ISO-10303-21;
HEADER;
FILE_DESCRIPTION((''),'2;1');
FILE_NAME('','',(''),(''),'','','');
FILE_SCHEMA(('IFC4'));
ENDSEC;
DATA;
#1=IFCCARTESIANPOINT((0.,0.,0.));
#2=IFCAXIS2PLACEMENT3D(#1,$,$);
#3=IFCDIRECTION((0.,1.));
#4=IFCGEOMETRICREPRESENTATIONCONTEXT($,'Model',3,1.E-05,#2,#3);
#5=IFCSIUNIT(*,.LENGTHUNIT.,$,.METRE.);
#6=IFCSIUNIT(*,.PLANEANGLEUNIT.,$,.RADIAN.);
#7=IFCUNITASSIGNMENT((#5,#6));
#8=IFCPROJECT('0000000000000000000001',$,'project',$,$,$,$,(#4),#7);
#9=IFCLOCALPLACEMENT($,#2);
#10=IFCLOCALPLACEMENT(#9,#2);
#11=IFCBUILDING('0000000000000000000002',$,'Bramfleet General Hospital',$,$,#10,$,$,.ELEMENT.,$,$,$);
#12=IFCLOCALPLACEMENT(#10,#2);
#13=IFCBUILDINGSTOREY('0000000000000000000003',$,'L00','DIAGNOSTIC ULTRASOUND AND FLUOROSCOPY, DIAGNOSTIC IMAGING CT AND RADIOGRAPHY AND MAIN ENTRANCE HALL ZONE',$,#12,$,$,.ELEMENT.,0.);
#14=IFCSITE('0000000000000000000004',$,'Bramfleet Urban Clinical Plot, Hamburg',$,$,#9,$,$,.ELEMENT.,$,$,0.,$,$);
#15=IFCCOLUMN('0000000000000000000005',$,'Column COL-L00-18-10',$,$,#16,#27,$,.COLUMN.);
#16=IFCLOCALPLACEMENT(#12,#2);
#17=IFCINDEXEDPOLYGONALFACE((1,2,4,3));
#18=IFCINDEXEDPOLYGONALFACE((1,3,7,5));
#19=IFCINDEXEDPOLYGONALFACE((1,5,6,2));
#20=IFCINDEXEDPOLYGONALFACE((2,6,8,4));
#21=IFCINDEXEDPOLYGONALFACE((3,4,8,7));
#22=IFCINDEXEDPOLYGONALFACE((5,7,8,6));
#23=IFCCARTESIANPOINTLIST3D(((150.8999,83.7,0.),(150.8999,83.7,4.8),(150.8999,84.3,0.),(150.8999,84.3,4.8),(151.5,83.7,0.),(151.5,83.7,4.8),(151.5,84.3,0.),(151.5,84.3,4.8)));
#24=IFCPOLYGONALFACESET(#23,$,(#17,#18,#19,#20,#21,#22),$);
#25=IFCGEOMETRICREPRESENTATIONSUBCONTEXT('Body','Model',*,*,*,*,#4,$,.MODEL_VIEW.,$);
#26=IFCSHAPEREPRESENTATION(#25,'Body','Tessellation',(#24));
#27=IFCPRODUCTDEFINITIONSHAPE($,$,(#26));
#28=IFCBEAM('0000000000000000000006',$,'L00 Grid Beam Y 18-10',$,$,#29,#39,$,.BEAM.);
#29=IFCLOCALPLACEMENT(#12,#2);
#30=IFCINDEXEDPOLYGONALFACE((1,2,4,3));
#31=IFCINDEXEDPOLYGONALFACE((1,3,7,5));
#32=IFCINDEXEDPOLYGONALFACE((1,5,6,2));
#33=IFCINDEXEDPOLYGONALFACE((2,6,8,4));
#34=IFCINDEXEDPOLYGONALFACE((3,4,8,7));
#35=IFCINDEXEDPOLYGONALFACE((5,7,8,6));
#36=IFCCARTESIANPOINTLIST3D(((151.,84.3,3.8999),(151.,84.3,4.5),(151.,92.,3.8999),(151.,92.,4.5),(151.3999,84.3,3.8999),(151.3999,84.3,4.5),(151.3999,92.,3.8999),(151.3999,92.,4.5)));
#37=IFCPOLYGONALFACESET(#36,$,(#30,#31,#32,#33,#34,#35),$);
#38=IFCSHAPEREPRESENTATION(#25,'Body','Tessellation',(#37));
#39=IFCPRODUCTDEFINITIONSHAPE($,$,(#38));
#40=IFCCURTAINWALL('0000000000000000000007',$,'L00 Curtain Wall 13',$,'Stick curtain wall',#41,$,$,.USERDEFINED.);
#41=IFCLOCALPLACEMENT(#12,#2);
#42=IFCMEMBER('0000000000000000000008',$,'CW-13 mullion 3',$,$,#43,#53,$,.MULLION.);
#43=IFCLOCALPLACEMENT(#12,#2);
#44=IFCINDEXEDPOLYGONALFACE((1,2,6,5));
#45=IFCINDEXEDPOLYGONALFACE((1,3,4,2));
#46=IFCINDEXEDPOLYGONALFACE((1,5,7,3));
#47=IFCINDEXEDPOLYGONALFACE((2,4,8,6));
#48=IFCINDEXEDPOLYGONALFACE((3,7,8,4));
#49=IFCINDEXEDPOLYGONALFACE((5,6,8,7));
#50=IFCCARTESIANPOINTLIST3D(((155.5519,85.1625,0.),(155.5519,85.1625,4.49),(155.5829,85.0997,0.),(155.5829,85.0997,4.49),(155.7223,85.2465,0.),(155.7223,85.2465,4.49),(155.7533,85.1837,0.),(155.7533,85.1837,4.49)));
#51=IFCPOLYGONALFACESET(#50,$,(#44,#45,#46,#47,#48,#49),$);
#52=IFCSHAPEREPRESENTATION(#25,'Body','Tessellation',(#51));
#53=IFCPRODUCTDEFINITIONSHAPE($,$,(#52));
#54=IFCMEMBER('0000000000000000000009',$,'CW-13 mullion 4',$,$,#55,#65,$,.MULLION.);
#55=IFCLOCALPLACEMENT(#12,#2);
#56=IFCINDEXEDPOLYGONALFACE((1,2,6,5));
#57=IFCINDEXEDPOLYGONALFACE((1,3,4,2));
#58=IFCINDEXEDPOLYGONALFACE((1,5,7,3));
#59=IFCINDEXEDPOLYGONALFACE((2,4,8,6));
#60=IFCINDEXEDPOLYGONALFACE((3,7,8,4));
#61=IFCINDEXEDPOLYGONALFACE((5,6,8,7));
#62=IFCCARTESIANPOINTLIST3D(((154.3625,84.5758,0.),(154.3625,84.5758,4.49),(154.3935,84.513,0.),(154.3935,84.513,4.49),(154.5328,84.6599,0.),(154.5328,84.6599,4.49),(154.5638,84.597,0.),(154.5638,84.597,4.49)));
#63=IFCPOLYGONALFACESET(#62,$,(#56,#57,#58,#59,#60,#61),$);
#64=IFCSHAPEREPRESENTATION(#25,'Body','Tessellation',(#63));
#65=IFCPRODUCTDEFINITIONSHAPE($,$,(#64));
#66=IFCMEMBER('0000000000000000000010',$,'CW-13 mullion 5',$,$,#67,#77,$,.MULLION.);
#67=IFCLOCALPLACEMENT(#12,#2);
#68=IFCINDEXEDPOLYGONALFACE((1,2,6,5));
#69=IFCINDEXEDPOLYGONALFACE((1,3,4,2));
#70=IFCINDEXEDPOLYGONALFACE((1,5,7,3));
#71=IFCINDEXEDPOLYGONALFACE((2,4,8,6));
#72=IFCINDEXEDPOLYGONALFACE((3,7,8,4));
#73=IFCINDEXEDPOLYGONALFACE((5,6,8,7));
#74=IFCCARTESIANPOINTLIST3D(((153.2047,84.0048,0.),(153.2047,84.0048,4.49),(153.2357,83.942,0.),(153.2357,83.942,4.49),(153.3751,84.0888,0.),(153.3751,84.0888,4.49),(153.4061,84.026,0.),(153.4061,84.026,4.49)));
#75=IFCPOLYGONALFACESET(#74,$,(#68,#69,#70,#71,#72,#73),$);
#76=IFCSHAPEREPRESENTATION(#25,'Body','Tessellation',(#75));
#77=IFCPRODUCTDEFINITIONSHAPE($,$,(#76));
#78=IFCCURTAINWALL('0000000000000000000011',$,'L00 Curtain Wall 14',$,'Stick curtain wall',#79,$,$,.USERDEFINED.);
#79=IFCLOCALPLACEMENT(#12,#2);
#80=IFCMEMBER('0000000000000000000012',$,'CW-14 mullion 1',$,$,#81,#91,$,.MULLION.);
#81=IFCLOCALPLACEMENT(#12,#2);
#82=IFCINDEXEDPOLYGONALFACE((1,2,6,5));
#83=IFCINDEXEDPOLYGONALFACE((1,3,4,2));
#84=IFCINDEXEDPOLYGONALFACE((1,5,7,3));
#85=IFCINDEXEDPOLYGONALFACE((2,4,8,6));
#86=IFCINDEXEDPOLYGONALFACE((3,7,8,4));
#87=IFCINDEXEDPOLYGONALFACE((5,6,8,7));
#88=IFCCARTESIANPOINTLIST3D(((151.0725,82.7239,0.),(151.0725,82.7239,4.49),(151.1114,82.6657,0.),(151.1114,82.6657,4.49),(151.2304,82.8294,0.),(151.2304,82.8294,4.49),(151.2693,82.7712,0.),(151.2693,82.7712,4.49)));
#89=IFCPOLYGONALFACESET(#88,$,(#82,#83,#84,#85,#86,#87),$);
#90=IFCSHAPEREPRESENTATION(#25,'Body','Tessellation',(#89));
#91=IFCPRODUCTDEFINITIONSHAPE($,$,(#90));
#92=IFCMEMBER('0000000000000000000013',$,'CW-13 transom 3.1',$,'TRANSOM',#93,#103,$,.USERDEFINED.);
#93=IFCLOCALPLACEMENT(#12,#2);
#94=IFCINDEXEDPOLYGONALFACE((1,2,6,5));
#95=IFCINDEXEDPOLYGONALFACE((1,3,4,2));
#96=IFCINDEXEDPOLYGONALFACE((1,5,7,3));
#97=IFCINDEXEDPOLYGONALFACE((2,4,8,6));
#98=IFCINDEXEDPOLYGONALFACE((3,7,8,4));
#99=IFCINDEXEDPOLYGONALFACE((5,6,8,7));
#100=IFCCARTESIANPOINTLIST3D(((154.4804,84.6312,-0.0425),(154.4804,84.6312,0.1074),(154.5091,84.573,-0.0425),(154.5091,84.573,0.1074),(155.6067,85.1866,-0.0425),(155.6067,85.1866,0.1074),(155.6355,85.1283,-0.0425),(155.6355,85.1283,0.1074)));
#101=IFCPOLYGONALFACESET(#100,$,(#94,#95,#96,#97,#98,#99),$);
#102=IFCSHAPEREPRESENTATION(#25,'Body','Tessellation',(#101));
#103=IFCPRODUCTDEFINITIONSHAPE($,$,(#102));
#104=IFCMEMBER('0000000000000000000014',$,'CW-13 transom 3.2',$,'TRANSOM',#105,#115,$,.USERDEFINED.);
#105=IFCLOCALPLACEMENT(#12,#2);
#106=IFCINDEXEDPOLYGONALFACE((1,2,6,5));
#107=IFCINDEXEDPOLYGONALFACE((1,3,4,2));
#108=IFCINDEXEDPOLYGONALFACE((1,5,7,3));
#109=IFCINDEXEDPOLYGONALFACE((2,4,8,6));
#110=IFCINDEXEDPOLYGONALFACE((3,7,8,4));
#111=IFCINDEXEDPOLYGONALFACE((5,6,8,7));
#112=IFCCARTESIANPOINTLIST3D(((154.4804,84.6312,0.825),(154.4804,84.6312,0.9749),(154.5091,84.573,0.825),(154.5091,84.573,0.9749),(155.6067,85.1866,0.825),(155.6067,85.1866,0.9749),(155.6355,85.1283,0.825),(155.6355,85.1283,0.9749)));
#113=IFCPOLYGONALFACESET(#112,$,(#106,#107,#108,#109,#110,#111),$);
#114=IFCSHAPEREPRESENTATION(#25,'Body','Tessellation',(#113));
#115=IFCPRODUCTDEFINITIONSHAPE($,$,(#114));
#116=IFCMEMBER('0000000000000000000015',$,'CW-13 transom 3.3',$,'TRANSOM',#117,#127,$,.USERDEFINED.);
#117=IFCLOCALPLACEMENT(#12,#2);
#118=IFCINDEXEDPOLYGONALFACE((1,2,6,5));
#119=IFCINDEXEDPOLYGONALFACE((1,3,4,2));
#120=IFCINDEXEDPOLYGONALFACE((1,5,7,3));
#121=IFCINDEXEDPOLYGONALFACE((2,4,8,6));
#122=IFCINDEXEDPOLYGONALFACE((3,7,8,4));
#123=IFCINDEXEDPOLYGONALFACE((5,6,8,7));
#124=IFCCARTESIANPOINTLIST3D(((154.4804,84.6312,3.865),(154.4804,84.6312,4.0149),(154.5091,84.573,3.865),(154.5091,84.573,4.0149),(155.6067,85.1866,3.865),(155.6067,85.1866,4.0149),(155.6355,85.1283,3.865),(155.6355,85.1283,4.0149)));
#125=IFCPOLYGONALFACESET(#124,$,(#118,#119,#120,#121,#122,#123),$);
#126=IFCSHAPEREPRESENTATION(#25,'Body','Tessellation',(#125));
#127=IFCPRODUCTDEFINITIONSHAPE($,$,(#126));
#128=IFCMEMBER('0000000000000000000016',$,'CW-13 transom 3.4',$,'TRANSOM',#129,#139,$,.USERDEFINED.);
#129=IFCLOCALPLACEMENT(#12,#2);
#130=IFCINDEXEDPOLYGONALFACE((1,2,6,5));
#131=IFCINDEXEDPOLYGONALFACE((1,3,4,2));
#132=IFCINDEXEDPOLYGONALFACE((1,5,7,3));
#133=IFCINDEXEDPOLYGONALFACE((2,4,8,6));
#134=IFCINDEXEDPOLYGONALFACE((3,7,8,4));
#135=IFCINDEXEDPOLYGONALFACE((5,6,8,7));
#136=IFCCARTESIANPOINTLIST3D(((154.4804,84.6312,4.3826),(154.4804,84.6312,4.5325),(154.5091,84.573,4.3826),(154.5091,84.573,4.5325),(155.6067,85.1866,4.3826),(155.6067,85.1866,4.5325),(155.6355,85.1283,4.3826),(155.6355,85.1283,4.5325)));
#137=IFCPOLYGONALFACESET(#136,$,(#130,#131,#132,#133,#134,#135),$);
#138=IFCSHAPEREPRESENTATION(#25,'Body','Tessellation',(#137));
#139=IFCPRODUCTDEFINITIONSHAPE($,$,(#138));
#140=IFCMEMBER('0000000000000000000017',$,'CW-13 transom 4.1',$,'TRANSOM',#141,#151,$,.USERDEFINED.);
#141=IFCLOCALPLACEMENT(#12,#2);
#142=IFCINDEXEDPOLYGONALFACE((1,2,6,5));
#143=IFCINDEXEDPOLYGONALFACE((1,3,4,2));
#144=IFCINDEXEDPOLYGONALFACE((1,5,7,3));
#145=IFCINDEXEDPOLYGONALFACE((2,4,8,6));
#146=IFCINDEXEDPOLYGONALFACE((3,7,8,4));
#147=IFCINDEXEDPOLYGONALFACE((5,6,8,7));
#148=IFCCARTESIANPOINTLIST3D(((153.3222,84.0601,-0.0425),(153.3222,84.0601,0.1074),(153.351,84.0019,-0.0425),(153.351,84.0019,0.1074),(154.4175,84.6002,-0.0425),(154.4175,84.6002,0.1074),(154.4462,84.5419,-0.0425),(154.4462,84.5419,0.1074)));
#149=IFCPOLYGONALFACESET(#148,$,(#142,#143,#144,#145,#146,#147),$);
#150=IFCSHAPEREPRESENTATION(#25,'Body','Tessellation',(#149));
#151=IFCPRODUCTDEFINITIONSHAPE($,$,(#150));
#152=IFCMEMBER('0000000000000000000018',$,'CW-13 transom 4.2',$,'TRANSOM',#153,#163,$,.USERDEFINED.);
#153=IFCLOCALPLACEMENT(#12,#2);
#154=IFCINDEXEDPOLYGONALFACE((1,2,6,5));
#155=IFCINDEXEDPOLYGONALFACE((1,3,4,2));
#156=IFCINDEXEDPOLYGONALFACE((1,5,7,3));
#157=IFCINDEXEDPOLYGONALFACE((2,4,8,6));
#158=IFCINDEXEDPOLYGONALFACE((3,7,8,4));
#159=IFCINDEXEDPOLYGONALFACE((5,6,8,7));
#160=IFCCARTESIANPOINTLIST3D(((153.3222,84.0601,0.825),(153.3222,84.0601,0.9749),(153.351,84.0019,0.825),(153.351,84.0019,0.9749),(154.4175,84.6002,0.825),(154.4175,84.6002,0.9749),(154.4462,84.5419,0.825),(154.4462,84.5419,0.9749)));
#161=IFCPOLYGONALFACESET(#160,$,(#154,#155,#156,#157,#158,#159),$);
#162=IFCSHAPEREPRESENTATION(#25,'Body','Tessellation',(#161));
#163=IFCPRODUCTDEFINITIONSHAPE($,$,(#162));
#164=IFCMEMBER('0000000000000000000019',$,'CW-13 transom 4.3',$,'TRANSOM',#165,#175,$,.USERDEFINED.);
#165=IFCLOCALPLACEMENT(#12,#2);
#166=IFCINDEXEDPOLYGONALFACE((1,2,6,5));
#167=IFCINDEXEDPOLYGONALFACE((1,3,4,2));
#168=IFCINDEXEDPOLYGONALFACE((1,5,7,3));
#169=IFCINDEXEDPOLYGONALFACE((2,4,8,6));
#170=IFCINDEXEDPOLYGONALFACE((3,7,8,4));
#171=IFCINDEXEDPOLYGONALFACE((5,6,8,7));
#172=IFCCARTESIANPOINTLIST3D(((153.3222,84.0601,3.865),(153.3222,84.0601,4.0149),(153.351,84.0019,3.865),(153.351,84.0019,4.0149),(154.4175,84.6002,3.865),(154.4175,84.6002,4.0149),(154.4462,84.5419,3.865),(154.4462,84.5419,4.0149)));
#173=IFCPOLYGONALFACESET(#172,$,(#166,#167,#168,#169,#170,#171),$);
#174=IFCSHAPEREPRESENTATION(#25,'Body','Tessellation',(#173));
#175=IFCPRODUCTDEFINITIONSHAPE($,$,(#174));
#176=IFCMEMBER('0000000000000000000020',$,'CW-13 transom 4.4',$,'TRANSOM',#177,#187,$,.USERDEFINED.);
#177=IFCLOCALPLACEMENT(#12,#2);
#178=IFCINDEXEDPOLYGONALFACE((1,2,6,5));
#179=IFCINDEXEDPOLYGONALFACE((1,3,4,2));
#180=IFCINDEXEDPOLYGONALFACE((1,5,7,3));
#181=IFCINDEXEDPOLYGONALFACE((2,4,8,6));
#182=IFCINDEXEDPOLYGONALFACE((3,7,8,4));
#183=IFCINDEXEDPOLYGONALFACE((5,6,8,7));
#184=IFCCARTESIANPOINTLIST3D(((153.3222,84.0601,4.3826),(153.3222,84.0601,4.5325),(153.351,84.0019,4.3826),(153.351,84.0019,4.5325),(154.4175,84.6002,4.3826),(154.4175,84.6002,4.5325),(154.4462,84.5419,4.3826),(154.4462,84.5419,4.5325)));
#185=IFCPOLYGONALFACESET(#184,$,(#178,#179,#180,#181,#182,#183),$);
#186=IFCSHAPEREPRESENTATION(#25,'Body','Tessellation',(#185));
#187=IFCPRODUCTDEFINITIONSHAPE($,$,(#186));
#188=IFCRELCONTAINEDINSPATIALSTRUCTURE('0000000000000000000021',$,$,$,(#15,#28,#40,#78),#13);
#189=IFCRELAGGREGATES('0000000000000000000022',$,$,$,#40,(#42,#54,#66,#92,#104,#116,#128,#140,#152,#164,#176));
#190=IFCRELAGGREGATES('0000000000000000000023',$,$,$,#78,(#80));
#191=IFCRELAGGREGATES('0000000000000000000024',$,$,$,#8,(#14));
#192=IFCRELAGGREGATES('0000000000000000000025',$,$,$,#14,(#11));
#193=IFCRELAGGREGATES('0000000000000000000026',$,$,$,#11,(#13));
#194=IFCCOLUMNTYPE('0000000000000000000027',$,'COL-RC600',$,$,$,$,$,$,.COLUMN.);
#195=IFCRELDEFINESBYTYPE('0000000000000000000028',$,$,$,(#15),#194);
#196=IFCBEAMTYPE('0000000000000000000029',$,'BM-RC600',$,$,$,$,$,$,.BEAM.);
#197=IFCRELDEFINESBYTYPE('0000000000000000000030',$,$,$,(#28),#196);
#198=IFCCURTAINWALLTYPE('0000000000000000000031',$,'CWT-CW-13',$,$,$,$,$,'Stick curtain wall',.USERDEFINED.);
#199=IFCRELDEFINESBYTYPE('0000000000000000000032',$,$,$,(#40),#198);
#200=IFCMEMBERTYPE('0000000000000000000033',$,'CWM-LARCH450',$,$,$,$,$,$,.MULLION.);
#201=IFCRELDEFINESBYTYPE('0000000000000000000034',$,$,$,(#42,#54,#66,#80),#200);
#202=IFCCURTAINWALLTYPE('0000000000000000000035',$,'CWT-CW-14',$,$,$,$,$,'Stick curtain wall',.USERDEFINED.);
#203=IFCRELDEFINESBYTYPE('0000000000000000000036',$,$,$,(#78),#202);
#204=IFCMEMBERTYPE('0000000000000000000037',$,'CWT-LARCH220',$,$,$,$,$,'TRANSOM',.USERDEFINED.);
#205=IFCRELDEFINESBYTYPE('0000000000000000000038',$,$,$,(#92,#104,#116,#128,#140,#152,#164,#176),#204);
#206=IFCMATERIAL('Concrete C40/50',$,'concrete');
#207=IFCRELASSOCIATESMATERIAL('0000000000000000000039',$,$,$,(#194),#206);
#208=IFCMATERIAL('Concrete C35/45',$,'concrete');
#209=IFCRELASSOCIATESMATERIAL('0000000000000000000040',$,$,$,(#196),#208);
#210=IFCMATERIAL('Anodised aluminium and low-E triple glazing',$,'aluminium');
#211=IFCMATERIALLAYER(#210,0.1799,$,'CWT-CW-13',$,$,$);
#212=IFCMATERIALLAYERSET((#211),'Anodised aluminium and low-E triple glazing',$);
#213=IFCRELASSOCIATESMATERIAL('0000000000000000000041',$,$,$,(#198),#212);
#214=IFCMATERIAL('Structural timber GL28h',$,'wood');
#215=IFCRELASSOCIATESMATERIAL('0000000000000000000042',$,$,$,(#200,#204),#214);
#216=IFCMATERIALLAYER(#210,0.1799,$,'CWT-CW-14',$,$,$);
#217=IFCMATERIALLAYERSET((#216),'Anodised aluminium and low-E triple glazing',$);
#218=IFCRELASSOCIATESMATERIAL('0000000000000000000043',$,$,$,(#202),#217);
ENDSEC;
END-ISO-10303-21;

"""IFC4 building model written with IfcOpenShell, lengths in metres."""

from ifc_helpers import new_model, si_unit, direction, frame, origin, origin_2d, place, context, subcontext, project, spatial, rectangle, extrude, material, layer, layer_set, material_profile, profile_set, type_object, element, aggregate, save


model = new_model("IFC4")

# Units and contexts
model_context = context("Model", 3, precision=1e-05, world=origin(), true_north=direction((0.0, 1.0)))
body_context = subcontext(model_context, "Body", "Model", "MODEL_VIEW")
ifc_project = project(units=[si_unit("LENGTHUNIT", "METRE"), si_unit("PLANEANGLEUNIT", "RADIAN")], contexts=[model_context])

# Site, building, storey
site_placement = place(None, origin())
site = spatial("IfcSite", under=ifc_project, at=site_placement, Name="Bramfleet Urban Clinical Plot, Hamburg", CompositionType="ELEMENT", RefElevation=0.0)
building_placement = place(site_placement, origin())
building = spatial("IfcBuilding", under=site, at=building_placement, Name="Bramfleet General Hospital", CompositionType="ELEMENT")
storey_placement = place(building_placement, origin())
storey = spatial("IfcBuildingStorey", under=building, at=storey_placement, Name="L00", Description="DIAGNOSTIC ULTRASOUND AND FLUOROSCOPY, DIAGNOSTIC IMAGING CT AND RADIOGRAPHY AND MAIN ENTRANCE HALL ZONE", CompositionType="ELEMENT", Elevation=0.0)

# Column
ifc_material_1 = material(Name="Concrete C40/50", Category="concrete")
ifc_material_profile_1 = material_profile(ifc_material_1, rectangle(XDim=0.6001, YDim=0.6001, at=origin_2d()), Name="RC COL 600x600")
ifc_profile_set_1 = profile_set([ifc_material_profile_1], Name="Concrete C40/50")
column_type = type_object("IfcColumnType", Name="COL-RC600", PredefinedType="COLUMN", material=ifc_profile_set_1)
column_placement = place(storey_placement, frame((151.2, 84.0, 0.0), z_axis=(0.0, 0.0, 1.0), x_axis=(1.0, 0.0, 0.0)))
element("IfcColumn", 1, at=column_placement, inside=storey, type_object=column_type, Name="Column COL-L00-18-10", PredefinedType="COLUMN", context=body_context, shape_type="SweptSolid", body=[
    extrude(rectangle(XDim=0.6001, YDim=0.6001, at=origin_2d()), origin(), (0.0, 0.0, 1.0), 4.8),
])

# Beam
ifc_material_2 = material(Name="Concrete C35/45", Category="concrete")
ifc_material_profile_2 = material_profile(ifc_material_2, rectangle(XDim=0.3999, YDim=0.6001, at=origin_2d()), Name="RC BM 600x400")
ifc_profile_set_2 = profile_set([ifc_material_profile_2], Name="Concrete C35/45")
beam_type = type_object("IfcBeamType", Name="BM-RC600", PredefinedType="BEAM", material=ifc_profile_set_2)
beam_placement = place(storey_placement, frame((151.2, 84.3, 4.2), z_axis=(0.0, 1.0, 0.0), x_axis=(-1.0, 0.0, 0.0)))
element("IfcBeam", 2, at=beam_placement, inside=storey, type_object=beam_type, Name="L00 Grid Beam Y 18-10", PredefinedType="BEAM", context=body_context, shape_type="SweptSolid", body=[
    extrude(rectangle(XDim=0.3999, YDim=0.6001, at=origin_2d()), origin(), (0.0, 0.0, 1.0), 7.7),
])

# Curtain wall, members
ifc_material_3 = material(Name="Anodised aluminium and low-E triple glazing", Category="aluminium")
ifc_layer_1 = layer(ifc_material_3, 0.1799, Name="CWT-CW-13")
ifc_layer_set_1 = layer_set([ifc_layer_1], Name="Anodised aluminium and low-E triple glazing")
curtain_wall_type_1 = type_object("IfcCurtainWallType", Name="CWT-CW-13", ElementType="Stick curtain wall", PredefinedType="USERDEFINED", material=ifc_layer_set_1)
curtain_wall_1_placement = place(storey_placement, origin())
curtain_wall_1 = element("IfcCurtainWall", 3, at=curtain_wall_1_placement, inside=storey, type_object=curtain_wall_type_1, Name="L00 Curtain Wall 13", ObjectType="Stick curtain wall", PredefinedType="USERDEFINED")
ifc_material_4 = material(Name="Structural timber GL28h", Category="wood")
ifc_material_profile_3 = material_profile(ifc_material_4, rectangle(XDim=0.0701, YDim=0.1899, at=origin_2d()), Name="LARCH 190x70")
ifc_profile_set_3 = profile_set([ifc_material_profile_3], Name="Structural timber GL28h")
member_type_1 = type_object("IfcMemberType", Name="CWM-LARCH450", PredefinedType="MULLION", material=ifc_profile_set_3)
member_1_placement = place(storey_placement, frame((155.6526, 85.1731, 0.0), z_axis=(0.0, 0.0, 1.0), x_axis=(0.442305, -0.896865, 0.0)))
member_1 = element("IfcMember", 4, at=member_1_placement, type_object=member_type_1, Name="CW-13 mullion 3", PredefinedType="MULLION", context=body_context, shape_type="SweptSolid", body=[
    extrude(rectangle(XDim=0.0701, YDim=0.1899, at=origin_2d()), origin(), (0.0, 0.0, 1.0), 4.49),
])
member_2_placement = place(storey_placement, frame((154.4631, 84.5864, 0.0), z_axis=(0.0, 0.0, 1.0), x_axis=(0.442305, -0.896865, 0.0)))
member_2 = element("IfcMember", 5, at=member_2_placement, type_object=member_type_1, Name="CW-13 mullion 4", PredefinedType="MULLION", context=body_context, shape_type="SweptSolid", body=[
    extrude(rectangle(XDim=0.0701, YDim=0.1899, at=origin_2d()), origin(), (0.0, 0.0, 1.0), 4.49),
])
member_3_placement = place(storey_placement, frame((153.3054, 84.0154, 0.0), z_axis=(0.0, 0.0, 1.0), x_axis=(0.442305, -0.896865, 0.0)))
member_3 = element("IfcMember", 6, at=member_3_placement, type_object=member_type_1, Name="CW-13 mullion 5", PredefinedType="MULLION", context=body_context, shape_type="SweptSolid", body=[
    extrude(rectangle(XDim=0.0701, YDim=0.1899, at=origin_2d()), origin(), (0.0, 0.0, 1.0), 4.49),
])

# Curtain wall, member
ifc_layer_2 = layer(ifc_material_3, 0.1799, Name="CWT-CW-14")
ifc_layer_set_2 = layer_set([ifc_layer_2], Name="Anodised aluminium and low-E triple glazing")
curtain_wall_type_2 = type_object("IfcCurtainWallType", Name="CWT-CW-14", ElementType="Stick curtain wall", PredefinedType="USERDEFINED", material=ifc_layer_set_2)
curtain_wall_2_placement = place(storey_placement, origin())
curtain_wall_2 = element("IfcCurtainWall", 7, at=curtain_wall_2_placement, inside=storey, type_object=curtain_wall_type_2, Name="L00 Curtain Wall 14", ObjectType="Stick curtain wall", PredefinedType="USERDEFINED")
member_4_placement = place(storey_placement, frame((151.1709, 82.7476, 0.0), z_axis=(0.0, 0.0, 1.0), x_axis=(0.555464, -0.831541, 0.0)))
member_4 = element("IfcMember", 8, at=member_4_placement, type_object=member_type_1, Name="CW-14 mullion 1", PredefinedType="MULLION", context=body_context, shape_type="SweptSolid", body=[
    extrude(rectangle(XDim=0.0701, YDim=0.1899, at=origin_2d()), origin(), (0.0, 0.0, 1.0), 4.49),
])

# Members
ifc_material_profile_4 = material_profile(ifc_material_4, rectangle(XDim=0.0649, YDim=0.1499, at=origin_2d()), Name="LARCH 150x65")
ifc_profile_set_4 = profile_set([ifc_material_profile_4], Name="Structural timber GL28h")
member_type_2 = type_object("IfcMemberType", Name="CWT-LARCH220", ElementType="TRANSOM", PredefinedType="USERDEFINED", material=ifc_profile_set_4)
member_5_placement = place(storey_placement, frame((155.6211, 85.1575, 0.0325), z_axis=(-0.896902, -0.44223, 0.0), x_axis=(0.44223, -0.896902, 0.0)))
member_5 = element("IfcMember", 9, at=member_5_placement, type_object=member_type_2, Name="CW-13 transom 3.1", ObjectType="TRANSOM", PredefinedType="USERDEFINED", context=body_context, shape_type="SweptSolid", body=[
    extrude(rectangle(XDim=0.0649, YDim=0.1499, at=origin_2d()), origin(), (0.0, 0.0, 1.0), 1.2559),
])
member_6_placement = place(storey_placement, frame((155.6211, 85.1575, 0.8999), z_axis=(-0.896902, -0.44223, 0.0), x_axis=(0.44223, -0.896902, 0.0)))
member_6 = element("IfcMember", 10, at=member_6_placement, type_object=member_type_2, Name="CW-13 transom 3.2", ObjectType="TRANSOM", PredefinedType="USERDEFINED", context=body_context, shape_type="SweptSolid", body=[
    extrude(rectangle(XDim=0.0649, YDim=0.1499, at=origin_2d()), origin(), (0.0, 0.0, 1.0), 1.2559),
])
member_7_placement = place(storey_placement, frame((155.6211, 85.1575, 3.9399), z_axis=(-0.896902, -0.44223, 0.0), x_axis=(0.44223, -0.896902, 0.0)))
member_7 = element("IfcMember", 11, at=member_7_placement, type_object=member_type_2, Name="CW-13 transom 3.3", ObjectType="TRANSOM", PredefinedType="USERDEFINED", context=body_context, shape_type="SweptSolid", body=[
    extrude(rectangle(XDim=0.0649, YDim=0.1499, at=origin_2d()), origin(), (0.0, 0.0, 1.0), 1.2559),
])
member_8_placement = place(storey_placement, frame((155.6211, 85.1575, 4.4575), z_axis=(-0.896902, -0.44223, 0.0), x_axis=(0.44223, -0.896902, 0.0)))
member_8 = element("IfcMember", 12, at=member_8_placement, type_object=member_type_2, Name="CW-13 transom 3.4", ObjectType="TRANSOM", PredefinedType="USERDEFINED", context=body_context, shape_type="SweptSolid", body=[
    extrude(rectangle(XDim=0.0649, YDim=0.1499, at=origin_2d()), origin(), (0.0, 0.0, 1.0), 1.2559),
])
member_9_placement = place(storey_placement, frame((154.4319, 84.571, 0.0325), z_axis=(-0.896893, -0.442248, 0.0), x_axis=(0.442248, -0.896893, 0.0)))
member_9 = element("IfcMember", 13, at=member_9_placement, type_object=member_type_2, Name="CW-13 transom 4.1", ObjectType="TRANSOM", PredefinedType="USERDEFINED", context=body_context, shape_type="SweptSolid", body=[
    extrude(rectangle(XDim=0.0649, YDim=0.1499, at=origin_2d()), origin(), (0.0, 0.0, 1.0), 1.2212),
])
member_10_placement = place(storey_placement, frame((154.4319, 84.571, 0.8999), z_axis=(-0.896893, -0.442248, 0.0), x_axis=(0.442248, -0.896893, 0.0)))
member_10 = element("IfcMember", 14, at=member_10_placement, type_object=member_type_2, Name="CW-13 transom 4.2", ObjectType="TRANSOM", PredefinedType="USERDEFINED", context=body_context, shape_type="SweptSolid", body=[
    extrude(rectangle(XDim=0.0649, YDim=0.1499, at=origin_2d()), origin(), (0.0, 0.0, 1.0), 1.2212),
])
member_11_placement = place(storey_placement, frame((154.4319, 84.571, 3.9399), z_axis=(-0.896893, -0.442248, 0.0), x_axis=(0.442248, -0.896893, 0.0)))
member_11 = element("IfcMember", 15, at=member_11_placement, type_object=member_type_2, Name="CW-13 transom 4.3", ObjectType="TRANSOM", PredefinedType="USERDEFINED", context=body_context, shape_type="SweptSolid", body=[
    extrude(rectangle(XDim=0.0649, YDim=0.1499, at=origin_2d()), origin(), (0.0, 0.0, 1.0), 1.2212),
])
member_12_placement = place(storey_placement, frame((154.4319, 84.571, 4.4575), z_axis=(-0.896893, -0.442248, 0.0), x_axis=(0.442248, -0.896893, 0.0)))
member_12 = element("IfcMember", 16, at=member_12_placement, type_object=member_type_2, Name="CW-13 transom 4.4", ObjectType="TRANSOM", PredefinedType="USERDEFINED", context=body_context, shape_type="SweptSolid", body=[
    extrude(rectangle(XDim=0.0649, YDim=0.1499, at=origin_2d()), origin(), (0.0, 0.0, 1.0), 1.2212),
])

aggregate(curtain_wall_1, [member_1, member_2, member_3, member_5, member_6, member_7, member_8, member_9, member_10, member_11, member_12])
aggregate(curtain_wall_2, [member_4])

save(model, "model.ifc")
